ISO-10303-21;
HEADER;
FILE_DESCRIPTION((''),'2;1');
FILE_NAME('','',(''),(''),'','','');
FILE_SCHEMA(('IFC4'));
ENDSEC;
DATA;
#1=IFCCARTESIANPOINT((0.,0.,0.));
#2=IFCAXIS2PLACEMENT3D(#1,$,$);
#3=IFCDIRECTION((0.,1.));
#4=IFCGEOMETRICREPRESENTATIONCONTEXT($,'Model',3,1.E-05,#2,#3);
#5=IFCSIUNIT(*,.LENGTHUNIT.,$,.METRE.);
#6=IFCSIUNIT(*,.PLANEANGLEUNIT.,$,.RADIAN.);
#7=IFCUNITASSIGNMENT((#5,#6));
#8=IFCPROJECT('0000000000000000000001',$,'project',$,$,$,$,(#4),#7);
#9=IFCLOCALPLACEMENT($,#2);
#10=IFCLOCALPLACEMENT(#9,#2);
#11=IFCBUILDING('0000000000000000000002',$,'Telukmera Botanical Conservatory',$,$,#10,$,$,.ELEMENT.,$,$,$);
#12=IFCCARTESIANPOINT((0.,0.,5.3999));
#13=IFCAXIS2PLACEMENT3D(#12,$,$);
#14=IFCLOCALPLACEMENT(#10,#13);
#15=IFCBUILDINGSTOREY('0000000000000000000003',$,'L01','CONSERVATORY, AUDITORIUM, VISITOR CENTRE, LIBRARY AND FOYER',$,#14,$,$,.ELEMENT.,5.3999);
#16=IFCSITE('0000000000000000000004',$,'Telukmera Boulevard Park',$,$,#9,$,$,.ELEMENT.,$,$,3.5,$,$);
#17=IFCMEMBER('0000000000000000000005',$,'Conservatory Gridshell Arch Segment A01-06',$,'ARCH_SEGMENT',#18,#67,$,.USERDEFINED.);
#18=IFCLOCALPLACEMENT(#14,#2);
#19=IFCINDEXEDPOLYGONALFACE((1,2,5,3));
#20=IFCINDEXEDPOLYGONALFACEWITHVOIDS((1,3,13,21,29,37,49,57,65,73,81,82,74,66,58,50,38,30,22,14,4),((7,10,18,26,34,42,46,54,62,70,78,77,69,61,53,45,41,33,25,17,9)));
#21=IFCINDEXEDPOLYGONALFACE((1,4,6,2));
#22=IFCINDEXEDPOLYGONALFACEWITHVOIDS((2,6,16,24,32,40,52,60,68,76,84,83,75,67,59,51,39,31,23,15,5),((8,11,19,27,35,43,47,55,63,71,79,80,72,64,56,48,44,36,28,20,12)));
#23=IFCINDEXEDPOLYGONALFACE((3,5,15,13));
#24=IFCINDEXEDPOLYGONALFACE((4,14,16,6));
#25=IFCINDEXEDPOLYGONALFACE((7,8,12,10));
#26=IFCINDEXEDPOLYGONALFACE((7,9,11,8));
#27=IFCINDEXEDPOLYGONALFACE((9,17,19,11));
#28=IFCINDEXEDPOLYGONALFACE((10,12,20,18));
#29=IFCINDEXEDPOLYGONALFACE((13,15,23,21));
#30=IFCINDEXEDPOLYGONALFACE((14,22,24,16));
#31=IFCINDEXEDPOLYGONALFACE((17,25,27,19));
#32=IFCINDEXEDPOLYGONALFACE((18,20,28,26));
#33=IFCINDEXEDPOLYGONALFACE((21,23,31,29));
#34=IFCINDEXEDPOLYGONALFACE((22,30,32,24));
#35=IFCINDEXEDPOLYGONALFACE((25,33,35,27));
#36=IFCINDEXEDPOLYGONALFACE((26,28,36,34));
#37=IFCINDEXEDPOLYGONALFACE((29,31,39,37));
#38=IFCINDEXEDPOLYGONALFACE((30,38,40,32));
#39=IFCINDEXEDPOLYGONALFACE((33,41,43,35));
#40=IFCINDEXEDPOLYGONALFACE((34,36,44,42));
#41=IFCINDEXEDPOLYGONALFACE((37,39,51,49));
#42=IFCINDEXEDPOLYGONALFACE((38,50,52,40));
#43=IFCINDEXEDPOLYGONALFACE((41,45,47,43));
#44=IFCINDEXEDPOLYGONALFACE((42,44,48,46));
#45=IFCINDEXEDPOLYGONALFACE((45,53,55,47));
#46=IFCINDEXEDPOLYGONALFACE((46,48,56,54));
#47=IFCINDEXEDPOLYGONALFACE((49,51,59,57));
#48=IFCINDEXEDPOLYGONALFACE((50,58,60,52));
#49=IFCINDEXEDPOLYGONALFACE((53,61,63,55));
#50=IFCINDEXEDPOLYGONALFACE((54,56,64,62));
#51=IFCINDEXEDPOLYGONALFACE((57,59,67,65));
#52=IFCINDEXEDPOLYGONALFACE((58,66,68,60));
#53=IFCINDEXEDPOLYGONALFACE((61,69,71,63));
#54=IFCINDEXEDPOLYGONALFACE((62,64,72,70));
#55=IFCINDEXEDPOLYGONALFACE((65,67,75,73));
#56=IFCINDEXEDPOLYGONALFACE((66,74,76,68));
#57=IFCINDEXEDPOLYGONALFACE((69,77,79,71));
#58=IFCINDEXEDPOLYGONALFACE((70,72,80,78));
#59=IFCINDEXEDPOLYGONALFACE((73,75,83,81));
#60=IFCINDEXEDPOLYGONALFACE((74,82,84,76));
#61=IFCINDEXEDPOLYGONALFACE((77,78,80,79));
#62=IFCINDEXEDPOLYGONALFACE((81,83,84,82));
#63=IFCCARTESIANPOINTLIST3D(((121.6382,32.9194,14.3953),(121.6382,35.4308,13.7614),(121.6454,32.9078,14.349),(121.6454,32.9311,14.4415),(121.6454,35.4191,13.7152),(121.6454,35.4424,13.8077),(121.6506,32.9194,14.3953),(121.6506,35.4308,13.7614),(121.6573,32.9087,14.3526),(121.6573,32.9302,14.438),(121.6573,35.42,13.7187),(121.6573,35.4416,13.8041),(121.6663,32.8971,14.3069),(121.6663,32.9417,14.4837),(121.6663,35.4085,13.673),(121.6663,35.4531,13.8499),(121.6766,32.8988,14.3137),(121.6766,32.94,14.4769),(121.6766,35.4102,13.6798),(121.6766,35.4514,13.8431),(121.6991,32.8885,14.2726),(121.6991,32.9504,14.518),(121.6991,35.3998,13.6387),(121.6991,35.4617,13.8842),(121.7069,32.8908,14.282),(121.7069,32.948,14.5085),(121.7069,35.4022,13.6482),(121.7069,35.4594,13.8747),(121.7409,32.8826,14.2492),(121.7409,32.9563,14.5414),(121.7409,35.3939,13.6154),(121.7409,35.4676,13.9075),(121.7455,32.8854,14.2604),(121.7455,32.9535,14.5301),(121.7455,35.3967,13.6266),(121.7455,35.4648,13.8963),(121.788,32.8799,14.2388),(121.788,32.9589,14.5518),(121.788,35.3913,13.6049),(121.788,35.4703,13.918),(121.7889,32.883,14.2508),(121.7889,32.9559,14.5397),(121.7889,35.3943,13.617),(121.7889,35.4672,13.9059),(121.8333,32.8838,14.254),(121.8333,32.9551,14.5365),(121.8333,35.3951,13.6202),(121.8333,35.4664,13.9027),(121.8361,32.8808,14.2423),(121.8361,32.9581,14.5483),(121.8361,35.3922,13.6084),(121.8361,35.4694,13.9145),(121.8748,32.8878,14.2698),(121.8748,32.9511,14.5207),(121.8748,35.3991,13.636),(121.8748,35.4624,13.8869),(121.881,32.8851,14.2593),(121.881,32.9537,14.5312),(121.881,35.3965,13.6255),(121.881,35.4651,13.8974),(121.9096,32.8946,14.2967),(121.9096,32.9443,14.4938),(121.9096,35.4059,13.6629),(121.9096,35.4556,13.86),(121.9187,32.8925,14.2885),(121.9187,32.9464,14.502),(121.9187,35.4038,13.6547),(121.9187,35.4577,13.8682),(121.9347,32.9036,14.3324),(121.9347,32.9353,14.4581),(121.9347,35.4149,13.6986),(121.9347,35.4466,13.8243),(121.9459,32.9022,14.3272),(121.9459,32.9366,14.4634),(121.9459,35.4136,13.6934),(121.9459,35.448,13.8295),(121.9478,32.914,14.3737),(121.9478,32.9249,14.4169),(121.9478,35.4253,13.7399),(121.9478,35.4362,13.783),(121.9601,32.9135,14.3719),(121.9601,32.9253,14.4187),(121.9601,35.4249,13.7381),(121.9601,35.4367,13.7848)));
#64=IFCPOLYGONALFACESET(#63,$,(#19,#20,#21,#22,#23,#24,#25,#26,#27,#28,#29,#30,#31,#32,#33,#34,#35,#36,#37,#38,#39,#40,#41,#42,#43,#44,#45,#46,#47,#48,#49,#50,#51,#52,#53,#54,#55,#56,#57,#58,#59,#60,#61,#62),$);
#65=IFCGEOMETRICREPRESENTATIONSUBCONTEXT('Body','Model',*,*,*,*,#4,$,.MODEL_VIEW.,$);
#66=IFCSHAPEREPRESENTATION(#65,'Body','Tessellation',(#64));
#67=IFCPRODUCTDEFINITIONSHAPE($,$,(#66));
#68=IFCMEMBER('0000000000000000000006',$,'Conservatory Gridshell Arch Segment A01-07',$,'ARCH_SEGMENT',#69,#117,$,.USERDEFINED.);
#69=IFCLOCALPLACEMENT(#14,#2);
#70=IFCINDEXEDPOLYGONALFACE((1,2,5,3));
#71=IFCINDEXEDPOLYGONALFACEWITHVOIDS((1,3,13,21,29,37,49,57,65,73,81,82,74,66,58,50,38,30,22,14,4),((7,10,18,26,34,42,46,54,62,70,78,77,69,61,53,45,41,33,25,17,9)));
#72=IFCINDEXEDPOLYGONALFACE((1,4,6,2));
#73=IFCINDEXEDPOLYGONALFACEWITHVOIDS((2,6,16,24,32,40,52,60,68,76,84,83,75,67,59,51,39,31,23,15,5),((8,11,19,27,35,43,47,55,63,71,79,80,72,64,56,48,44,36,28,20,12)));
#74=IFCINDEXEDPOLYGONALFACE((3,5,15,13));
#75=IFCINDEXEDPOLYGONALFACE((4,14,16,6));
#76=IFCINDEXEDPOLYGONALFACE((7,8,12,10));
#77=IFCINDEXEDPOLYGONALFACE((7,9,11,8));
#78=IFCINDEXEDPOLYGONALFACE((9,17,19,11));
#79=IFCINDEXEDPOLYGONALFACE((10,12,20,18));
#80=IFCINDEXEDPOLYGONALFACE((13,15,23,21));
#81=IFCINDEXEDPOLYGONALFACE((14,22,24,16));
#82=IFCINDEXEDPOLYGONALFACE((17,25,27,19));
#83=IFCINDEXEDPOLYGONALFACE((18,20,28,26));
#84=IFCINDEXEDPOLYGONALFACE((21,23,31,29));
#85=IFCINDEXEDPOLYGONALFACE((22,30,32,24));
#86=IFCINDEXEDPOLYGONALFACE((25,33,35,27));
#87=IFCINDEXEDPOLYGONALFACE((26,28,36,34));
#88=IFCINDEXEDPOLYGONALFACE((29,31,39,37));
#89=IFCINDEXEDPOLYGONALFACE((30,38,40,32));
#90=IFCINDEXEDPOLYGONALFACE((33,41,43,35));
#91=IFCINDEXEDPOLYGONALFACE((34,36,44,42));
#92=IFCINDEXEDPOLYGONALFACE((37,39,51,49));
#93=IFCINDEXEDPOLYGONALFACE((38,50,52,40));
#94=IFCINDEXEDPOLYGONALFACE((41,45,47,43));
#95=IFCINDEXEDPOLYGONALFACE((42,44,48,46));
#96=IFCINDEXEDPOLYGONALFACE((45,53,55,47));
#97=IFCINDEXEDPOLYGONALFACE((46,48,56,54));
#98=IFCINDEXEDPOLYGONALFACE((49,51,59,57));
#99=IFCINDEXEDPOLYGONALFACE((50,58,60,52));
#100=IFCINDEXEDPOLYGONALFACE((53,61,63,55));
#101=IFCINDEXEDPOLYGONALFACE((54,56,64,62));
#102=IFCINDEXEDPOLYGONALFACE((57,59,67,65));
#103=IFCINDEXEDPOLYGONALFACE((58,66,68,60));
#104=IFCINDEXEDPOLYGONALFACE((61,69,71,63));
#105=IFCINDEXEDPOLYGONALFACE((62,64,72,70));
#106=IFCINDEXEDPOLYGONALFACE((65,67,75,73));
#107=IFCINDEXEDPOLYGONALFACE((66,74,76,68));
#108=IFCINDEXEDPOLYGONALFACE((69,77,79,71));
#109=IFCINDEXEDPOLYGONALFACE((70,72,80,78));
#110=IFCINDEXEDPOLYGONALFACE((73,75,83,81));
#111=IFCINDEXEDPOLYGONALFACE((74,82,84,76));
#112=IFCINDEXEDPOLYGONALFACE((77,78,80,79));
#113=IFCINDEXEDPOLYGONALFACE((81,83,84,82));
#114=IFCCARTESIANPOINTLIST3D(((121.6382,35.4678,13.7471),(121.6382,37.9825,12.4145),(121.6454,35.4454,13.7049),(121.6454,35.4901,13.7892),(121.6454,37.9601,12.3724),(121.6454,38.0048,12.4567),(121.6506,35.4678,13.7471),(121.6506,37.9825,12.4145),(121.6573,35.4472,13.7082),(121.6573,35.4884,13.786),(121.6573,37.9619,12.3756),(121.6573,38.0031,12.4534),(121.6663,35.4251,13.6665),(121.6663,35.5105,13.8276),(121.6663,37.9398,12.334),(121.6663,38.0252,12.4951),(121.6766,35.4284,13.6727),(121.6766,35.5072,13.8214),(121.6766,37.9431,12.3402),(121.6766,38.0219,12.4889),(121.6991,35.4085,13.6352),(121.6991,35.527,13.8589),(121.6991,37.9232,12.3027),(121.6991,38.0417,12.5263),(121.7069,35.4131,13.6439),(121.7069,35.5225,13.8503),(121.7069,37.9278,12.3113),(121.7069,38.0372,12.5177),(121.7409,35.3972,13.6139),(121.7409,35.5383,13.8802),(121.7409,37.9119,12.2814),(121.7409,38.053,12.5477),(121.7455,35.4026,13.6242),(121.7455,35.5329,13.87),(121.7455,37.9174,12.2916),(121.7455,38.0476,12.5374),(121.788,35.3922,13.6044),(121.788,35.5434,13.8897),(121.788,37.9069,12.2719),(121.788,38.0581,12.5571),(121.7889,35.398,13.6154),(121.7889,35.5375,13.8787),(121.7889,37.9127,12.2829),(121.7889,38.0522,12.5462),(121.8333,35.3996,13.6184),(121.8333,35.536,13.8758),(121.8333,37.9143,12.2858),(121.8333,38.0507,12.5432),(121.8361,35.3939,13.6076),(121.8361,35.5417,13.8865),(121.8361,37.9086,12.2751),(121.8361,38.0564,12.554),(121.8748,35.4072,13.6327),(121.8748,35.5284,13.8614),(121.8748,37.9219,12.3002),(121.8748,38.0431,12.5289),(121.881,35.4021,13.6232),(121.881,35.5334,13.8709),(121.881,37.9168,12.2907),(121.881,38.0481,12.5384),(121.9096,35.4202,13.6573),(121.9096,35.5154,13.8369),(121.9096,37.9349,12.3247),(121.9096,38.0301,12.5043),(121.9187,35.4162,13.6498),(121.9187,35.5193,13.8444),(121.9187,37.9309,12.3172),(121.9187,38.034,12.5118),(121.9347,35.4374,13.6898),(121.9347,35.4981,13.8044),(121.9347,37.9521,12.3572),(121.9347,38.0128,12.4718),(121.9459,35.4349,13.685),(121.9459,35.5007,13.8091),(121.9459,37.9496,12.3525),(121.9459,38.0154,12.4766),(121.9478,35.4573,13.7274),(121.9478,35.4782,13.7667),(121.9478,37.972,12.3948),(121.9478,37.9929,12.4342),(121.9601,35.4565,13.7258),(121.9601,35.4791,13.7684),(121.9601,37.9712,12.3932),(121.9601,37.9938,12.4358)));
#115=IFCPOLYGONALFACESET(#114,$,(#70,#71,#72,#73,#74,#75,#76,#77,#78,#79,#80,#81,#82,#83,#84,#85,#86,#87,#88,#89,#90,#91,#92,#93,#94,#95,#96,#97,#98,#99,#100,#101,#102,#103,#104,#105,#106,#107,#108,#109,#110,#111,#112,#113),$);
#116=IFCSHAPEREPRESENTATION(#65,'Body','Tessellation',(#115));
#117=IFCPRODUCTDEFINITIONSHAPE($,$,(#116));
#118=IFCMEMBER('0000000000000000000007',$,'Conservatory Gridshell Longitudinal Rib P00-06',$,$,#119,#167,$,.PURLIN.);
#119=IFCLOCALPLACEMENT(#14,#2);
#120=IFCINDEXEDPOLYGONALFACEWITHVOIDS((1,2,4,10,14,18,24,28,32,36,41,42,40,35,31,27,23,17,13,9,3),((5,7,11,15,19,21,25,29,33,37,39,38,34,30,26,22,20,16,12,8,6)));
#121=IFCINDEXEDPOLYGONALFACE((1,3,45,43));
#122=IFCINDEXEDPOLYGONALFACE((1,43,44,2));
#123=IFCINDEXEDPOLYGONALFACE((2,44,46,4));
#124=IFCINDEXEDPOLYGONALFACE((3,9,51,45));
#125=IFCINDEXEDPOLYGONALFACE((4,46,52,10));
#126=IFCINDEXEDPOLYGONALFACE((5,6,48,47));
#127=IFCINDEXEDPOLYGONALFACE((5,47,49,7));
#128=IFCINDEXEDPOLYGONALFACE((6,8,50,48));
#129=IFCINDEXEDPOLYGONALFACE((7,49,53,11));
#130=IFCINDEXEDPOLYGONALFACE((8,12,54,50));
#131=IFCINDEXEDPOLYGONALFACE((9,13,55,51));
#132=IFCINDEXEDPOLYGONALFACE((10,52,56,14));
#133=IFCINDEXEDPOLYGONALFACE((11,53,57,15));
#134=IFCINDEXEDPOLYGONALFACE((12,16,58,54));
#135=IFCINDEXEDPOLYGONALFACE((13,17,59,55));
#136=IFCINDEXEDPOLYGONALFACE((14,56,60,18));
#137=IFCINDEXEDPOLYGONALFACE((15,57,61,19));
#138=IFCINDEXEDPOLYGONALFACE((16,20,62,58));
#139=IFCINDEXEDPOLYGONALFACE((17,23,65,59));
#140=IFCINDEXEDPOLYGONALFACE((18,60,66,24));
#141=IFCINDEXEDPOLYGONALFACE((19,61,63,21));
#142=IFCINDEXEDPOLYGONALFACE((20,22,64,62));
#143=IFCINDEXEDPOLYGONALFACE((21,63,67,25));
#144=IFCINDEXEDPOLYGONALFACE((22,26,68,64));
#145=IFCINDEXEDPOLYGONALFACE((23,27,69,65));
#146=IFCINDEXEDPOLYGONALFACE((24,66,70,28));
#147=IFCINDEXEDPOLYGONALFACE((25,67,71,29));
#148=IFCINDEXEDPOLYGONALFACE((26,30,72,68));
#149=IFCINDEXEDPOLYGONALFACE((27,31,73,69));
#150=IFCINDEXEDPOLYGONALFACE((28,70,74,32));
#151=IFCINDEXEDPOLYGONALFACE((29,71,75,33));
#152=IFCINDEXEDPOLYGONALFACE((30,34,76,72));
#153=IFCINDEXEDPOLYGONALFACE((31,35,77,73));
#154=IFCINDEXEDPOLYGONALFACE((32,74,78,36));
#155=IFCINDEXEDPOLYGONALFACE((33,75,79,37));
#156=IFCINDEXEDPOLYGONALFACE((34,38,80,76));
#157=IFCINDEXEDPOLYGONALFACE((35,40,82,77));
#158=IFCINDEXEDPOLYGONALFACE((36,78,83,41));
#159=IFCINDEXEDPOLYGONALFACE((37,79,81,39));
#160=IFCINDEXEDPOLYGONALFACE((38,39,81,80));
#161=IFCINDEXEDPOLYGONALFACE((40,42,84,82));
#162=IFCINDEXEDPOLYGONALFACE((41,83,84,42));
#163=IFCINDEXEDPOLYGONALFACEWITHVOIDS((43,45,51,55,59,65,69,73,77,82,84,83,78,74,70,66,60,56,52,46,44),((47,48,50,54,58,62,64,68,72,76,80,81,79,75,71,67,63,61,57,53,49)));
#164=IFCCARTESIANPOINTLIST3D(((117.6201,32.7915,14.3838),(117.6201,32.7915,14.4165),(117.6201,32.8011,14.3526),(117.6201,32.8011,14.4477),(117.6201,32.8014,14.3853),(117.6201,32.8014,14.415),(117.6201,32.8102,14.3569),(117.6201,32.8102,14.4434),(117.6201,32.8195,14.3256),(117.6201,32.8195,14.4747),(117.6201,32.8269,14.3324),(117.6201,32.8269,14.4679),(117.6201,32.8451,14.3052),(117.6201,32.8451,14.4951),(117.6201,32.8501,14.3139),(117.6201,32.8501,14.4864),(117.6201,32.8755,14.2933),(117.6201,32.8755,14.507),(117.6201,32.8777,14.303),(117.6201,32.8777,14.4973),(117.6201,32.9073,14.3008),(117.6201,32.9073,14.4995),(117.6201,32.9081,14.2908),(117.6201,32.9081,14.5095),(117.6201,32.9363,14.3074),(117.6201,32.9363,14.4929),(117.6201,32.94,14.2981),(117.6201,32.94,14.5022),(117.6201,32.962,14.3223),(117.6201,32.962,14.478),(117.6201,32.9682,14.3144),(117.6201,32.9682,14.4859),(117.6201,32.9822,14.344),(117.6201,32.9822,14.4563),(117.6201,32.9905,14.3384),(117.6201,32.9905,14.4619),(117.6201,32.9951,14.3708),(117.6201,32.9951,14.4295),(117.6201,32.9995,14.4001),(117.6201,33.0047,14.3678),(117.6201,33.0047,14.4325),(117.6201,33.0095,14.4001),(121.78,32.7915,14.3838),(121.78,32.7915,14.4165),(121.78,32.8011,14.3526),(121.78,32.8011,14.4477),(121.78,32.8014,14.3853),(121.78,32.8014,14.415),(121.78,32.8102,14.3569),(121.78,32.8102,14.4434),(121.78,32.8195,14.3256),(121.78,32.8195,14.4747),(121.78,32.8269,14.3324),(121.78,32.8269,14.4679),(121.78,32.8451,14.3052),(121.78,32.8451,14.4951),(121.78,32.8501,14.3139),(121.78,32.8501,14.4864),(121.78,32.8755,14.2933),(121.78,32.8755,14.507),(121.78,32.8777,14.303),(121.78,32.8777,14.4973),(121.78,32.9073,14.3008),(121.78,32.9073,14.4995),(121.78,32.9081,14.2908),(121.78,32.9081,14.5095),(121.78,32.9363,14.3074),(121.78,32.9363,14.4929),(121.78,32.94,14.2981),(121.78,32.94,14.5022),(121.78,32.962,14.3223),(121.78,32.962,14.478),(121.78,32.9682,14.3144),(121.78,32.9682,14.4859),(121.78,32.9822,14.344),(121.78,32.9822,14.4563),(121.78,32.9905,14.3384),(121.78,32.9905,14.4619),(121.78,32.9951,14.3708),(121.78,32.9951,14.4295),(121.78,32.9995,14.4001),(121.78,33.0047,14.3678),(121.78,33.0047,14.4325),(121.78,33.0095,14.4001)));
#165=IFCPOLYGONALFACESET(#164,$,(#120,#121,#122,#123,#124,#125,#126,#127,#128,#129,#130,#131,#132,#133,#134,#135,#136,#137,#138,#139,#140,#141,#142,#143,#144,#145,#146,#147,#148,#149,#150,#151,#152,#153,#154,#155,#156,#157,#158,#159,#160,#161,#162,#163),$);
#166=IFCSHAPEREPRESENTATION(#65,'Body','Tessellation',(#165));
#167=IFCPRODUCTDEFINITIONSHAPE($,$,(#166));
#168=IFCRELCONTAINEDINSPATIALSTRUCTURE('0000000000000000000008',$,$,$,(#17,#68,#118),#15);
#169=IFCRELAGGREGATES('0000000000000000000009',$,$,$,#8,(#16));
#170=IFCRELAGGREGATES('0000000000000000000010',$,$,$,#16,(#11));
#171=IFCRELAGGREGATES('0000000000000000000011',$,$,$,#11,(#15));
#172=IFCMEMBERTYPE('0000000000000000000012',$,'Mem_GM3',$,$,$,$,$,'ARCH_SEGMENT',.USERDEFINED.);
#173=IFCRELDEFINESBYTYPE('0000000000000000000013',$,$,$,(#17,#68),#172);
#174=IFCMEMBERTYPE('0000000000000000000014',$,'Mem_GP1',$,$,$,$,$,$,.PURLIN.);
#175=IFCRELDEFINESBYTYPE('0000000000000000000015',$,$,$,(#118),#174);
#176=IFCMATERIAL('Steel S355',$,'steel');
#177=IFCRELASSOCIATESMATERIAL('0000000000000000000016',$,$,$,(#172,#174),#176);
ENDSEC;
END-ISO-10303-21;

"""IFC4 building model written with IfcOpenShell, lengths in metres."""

from ifc_helpers import new_model, si_unit, direction, frame, origin, origin_2d, place, context, subcontext, project, spatial, hollow_circle, extrude, material, material_profile, profile_set, type_object, element, save


model = new_model("IFC4")

# Units and contexts
model_context = context("Model", 3, precision=1e-05, world=origin(), true_north=direction((0.0, 1.0)))
body_context = subcontext(model_context, "Body", "Model", "MODEL_VIEW")
ifc_project = project(units=[si_unit("LENGTHUNIT", "METRE"), si_unit("PLANEANGLEUNIT", "RADIAN")], contexts=[model_context])

# Site, building, storey
site_placement = place(None, origin())
site = spatial("IfcSite", under=ifc_project, at=site_placement, Name="Telukmera Boulevard Park", CompositionType="ELEMENT", RefElevation=3.5)
building_placement = place(site_placement, origin())
building = spatial("IfcBuilding", under=site, at=building_placement, Name="Telukmera Botanical Conservatory", CompositionType="ELEMENT")
storey_placement = place(building_placement, frame((0.0, 0.0, 5.3999)))
storey = spatial("IfcBuildingStorey", under=building, at=storey_placement, Name="L01", Description="CONSERVATORY, AUDITORIUM, VISITOR CENTRE, LIBRARY AND FOYER", CompositionType="ELEMENT", Elevation=5.3999)

# Shared definitions
ifc_material = material(Name="Steel S355", Category="steel")

# Members
ifc_material_profile_1 = material_profile(ifc_material, hollow_circle(Radius=0.1619, WallThickness=0.0125, at=origin_2d()), Name="CHS 323.9x12.5")
ifc_profile_set_1 = profile_set([ifc_material_profile_1], Name="Steel S355")
member_type_1 = type_object("IfcMemberType", Name="Mem_GM3", ElementType="ARCH_SEGMENT", PredefinedType="USERDEFINED", material=ifc_profile_set_1)
member_1_placement = place(storey_placement, frame((121.8, 32.9194, 14.3953), z_axis=(0.0, 0.969597, -0.244709), x_axis=(-1.0, 0.0, 0.0)))
element("IfcMember", 1, at=member_1_placement, inside=storey, type_object=member_type_1, Name="Conservatory Gridshell Arch Segment A01-06", ObjectType="ARCH_SEGMENT", PredefinedType="USERDEFINED", context=body_context, shape_type="SweptSolid", body=[
    extrude(hollow_circle(Radius=0.1619, WallThickness=0.0125, at=origin_2d()), origin(), (0.0, 0.0, 1.0), 2.5901),
])
member_2_placement = place(storey_placement, frame((121.8, 35.4678, 13.7471), z_axis=(0.0, 0.883608, -0.468227), x_axis=(-1.0, 0.0, 0.0)))
element("IfcMember", 2, at=member_2_placement, inside=storey, type_object=member_type_1, Name="Conservatory Gridshell Arch Segment A01-07", ObjectType="ARCH_SEGMENT", PredefinedType="USERDEFINED", context=body_context, shape_type="SweptSolid", body=[
    extrude(hollow_circle(Radius=0.1619, WallThickness=0.0125, at=origin_2d()), origin(), (0.0, 0.0, 1.0), 2.8459),
])
ifc_material_profile_2 = material_profile(ifc_material, hollow_circle(Radius=0.1096, WallThickness=0.01, at=origin_2d()), Name="CHS 219.1x10.0")
ifc_profile_set_2 = profile_set([ifc_material_profile_2], Name="Steel S355")
member_type_2 = type_object("IfcMemberType", Name="Mem_GP1", PredefinedType="PURLIN", material=ifc_profile_set_2)
for number, where, z_axis, x_axis, name in (
    (3, (117.6201, 32.8999, 14.4001), (1.0, 0.0, 0.0), (0.0, 1.0, 0.0), "Conservatory Gridshell Longitudinal Rib P00-06"),
):
    element("IfcMember", number, at=place(storey_placement, frame(where, z_axis=z_axis, x_axis=x_axis)), inside=storey, type_object=member_type_2, Name=name, PredefinedType="PURLIN", context=body_context, shape_type="SweptSolid", body=[
        extrude(hollow_circle(Radius=0.1096, WallThickness=0.01, at=origin_2d()), origin(), (0.0, 0.0, 1.0), 4.1599),
    ])

save(model, "model.ifc")
